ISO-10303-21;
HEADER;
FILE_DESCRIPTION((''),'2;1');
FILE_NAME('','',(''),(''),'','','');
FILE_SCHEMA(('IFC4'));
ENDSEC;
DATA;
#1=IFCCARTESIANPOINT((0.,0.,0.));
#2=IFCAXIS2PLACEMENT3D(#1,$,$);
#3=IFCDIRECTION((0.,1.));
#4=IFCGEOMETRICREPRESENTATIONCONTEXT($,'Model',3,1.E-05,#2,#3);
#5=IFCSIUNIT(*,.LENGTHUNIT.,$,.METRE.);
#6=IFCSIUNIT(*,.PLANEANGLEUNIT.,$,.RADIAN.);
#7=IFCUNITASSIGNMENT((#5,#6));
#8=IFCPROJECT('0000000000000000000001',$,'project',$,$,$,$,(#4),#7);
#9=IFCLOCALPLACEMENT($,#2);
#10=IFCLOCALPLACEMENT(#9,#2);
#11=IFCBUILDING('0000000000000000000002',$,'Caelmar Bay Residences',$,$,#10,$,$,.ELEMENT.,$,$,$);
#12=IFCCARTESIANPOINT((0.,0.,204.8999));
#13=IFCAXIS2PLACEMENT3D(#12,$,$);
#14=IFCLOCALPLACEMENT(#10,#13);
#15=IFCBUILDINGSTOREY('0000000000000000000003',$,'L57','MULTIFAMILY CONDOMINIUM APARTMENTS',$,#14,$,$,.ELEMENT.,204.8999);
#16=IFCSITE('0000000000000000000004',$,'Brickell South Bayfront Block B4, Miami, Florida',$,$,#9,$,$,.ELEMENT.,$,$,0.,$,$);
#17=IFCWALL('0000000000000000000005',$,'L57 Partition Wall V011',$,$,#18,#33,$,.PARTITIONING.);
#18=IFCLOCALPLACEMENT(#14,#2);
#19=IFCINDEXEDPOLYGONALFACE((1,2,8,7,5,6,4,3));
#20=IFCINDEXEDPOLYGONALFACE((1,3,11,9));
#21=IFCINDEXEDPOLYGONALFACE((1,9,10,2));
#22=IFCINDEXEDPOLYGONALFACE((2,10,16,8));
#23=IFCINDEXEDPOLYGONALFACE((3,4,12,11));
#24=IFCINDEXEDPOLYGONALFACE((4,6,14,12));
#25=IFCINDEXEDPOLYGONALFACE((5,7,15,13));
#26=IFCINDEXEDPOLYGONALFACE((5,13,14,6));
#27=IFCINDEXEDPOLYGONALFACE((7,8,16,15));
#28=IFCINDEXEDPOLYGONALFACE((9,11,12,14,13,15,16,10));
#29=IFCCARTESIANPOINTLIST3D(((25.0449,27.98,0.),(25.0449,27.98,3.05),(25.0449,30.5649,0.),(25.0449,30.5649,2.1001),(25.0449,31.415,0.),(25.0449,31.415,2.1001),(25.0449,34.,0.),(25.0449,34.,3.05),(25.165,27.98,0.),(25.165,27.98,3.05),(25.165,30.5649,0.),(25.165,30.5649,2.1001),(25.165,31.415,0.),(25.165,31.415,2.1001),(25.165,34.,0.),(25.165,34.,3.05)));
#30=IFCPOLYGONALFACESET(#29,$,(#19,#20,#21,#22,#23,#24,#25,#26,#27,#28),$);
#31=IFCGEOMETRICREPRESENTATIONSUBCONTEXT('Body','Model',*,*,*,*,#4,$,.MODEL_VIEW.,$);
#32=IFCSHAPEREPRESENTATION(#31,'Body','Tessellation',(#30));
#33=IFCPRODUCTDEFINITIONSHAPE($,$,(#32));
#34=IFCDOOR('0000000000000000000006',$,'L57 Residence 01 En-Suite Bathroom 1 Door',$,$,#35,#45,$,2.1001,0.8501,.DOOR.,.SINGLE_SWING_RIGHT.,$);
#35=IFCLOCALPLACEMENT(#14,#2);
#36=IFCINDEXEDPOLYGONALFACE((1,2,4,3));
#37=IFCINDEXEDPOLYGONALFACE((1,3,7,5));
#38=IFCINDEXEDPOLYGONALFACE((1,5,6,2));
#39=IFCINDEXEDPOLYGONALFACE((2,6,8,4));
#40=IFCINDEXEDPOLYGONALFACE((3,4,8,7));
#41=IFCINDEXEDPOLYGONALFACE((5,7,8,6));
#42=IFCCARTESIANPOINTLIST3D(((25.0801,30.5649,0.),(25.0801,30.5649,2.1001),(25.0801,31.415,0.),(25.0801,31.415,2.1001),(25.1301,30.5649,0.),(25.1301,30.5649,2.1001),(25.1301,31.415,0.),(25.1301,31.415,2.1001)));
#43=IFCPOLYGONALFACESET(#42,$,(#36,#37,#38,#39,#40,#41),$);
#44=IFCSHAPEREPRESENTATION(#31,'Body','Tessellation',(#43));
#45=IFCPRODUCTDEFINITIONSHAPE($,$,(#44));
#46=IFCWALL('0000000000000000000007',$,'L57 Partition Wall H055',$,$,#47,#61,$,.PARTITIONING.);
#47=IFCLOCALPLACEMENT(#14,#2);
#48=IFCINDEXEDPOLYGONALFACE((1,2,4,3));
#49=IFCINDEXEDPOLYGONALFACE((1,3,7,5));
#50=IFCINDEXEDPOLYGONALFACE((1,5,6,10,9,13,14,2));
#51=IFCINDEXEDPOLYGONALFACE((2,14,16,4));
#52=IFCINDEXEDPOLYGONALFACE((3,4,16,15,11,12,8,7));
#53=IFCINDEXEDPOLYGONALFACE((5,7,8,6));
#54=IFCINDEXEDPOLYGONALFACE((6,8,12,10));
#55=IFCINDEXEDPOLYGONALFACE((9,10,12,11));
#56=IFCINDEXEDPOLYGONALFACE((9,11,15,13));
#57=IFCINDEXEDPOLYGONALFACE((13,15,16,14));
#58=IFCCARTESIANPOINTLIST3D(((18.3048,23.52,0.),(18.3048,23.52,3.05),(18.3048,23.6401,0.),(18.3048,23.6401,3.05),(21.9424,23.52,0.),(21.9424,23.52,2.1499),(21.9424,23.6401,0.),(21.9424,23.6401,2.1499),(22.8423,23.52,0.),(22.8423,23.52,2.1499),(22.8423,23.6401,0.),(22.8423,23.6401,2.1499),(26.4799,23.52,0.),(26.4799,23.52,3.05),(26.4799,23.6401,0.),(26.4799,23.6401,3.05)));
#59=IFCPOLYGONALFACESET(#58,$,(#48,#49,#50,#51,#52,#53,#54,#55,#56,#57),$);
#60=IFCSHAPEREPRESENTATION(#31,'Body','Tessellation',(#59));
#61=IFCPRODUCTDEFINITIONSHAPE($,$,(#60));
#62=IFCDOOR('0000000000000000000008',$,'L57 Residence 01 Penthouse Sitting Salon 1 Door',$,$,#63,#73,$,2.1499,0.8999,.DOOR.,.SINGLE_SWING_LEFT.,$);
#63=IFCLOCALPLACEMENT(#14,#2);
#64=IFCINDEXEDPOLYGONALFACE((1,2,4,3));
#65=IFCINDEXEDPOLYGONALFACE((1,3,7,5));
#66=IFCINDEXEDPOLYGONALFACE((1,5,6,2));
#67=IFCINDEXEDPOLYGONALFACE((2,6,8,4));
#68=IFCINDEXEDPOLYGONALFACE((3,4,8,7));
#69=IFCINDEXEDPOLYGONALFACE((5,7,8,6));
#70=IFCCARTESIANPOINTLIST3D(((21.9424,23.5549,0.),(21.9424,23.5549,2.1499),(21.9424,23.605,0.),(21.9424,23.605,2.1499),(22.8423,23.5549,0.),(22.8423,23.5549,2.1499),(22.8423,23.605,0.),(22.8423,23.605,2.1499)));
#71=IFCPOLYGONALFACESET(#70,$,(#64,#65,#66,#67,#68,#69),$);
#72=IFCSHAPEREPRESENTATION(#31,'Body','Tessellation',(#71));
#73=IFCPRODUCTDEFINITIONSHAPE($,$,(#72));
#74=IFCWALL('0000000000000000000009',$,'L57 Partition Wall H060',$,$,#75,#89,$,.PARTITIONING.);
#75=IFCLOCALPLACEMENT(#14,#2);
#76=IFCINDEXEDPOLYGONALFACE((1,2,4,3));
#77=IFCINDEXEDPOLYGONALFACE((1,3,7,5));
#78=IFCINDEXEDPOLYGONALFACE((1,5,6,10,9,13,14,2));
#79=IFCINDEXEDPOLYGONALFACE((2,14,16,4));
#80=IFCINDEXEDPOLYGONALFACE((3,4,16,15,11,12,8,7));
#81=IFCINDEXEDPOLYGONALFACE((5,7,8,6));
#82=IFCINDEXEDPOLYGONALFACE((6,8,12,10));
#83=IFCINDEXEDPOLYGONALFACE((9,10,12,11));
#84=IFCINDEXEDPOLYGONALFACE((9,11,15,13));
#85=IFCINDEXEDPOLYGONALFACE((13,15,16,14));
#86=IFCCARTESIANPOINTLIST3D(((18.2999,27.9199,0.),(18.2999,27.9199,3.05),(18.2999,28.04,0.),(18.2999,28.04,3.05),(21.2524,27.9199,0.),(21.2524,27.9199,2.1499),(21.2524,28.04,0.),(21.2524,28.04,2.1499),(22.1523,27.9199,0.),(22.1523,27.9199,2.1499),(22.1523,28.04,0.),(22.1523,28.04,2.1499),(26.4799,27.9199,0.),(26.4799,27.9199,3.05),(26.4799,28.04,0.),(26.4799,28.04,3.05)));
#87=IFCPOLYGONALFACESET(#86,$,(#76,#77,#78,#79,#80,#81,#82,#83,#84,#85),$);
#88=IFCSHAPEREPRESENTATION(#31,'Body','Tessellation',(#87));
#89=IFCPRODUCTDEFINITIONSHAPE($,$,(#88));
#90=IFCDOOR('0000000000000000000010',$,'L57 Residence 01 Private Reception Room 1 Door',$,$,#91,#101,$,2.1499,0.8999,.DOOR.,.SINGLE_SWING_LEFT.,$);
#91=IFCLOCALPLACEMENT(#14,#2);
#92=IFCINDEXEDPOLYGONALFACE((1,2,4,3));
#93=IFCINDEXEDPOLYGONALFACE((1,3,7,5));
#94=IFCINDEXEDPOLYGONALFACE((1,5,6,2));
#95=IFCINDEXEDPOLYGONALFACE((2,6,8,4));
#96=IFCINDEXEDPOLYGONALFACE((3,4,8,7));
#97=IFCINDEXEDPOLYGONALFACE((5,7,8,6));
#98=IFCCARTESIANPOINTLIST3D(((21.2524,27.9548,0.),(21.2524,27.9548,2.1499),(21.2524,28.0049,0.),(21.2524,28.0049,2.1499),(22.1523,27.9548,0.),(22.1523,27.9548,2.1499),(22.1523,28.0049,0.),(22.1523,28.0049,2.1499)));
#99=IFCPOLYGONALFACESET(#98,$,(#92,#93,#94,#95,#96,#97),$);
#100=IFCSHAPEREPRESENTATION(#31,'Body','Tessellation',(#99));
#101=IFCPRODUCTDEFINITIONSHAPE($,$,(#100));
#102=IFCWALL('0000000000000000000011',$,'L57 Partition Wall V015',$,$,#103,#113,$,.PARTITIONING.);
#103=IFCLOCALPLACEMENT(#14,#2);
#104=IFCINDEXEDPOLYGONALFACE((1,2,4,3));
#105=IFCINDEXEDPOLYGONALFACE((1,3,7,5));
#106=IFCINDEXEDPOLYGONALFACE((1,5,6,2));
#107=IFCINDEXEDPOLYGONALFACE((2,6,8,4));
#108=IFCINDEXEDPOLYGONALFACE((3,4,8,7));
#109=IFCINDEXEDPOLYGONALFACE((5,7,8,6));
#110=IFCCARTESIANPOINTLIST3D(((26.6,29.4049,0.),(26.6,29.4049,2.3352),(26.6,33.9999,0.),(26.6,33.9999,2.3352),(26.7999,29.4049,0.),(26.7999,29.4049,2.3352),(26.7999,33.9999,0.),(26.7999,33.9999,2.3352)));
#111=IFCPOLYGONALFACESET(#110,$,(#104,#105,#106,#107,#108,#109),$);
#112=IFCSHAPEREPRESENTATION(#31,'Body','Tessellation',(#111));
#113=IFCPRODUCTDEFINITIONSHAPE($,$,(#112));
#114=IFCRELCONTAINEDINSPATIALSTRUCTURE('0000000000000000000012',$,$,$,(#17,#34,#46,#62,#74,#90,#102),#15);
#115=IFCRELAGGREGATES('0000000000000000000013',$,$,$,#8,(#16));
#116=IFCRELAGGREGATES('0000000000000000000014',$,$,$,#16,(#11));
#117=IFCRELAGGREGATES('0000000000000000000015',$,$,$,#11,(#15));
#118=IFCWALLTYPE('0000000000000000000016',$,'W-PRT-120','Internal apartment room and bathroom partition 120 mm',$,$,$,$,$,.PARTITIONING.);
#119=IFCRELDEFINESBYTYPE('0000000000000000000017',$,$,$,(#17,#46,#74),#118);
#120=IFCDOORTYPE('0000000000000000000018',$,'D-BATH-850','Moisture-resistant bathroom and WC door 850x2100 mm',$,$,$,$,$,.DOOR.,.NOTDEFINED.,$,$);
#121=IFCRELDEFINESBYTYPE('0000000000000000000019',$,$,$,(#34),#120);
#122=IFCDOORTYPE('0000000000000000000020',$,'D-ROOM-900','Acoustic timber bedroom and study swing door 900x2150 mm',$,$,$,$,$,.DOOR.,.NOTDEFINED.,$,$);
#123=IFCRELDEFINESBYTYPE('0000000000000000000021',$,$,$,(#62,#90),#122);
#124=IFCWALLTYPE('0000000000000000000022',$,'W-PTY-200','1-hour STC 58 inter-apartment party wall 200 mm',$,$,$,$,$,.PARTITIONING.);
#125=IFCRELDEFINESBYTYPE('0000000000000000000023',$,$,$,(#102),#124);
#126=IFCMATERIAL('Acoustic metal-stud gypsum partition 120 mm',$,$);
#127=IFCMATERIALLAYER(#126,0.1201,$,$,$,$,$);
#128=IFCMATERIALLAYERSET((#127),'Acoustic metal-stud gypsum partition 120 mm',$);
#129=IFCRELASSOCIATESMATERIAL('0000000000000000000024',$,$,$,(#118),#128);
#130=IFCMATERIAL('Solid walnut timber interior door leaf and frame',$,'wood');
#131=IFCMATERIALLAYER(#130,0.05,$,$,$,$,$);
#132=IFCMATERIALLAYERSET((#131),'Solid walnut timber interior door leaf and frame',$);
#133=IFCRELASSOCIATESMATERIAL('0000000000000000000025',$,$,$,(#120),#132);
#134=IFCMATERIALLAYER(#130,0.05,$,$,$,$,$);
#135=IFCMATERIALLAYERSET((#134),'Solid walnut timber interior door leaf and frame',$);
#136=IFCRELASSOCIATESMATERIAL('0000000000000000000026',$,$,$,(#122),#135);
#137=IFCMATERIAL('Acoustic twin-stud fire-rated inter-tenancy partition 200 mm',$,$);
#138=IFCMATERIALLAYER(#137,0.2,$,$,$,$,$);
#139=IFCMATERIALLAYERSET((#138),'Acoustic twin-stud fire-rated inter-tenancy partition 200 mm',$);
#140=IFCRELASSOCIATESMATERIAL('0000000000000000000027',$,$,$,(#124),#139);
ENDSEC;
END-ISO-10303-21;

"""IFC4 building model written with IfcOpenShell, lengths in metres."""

from ifc_helpers import new_model, si_unit, direction, frame, frame_2d, origin, place, context, subcontext, project, spatial, rectangle, extrude, material, layer, layer_set, type_object, element, fill, save


model = new_model("IFC4")

# Units and contexts
model_context = context("Model", 3, precision=1e-05, world=origin(), true_north=direction((0.0, 1.0)))
body_context = subcontext(model_context, "Body", "Model", "MODEL_VIEW")
ifc_project = project(units=[si_unit("LENGTHUNIT", "METRE"), si_unit("PLANEANGLEUNIT", "RADIAN")], contexts=[model_context])

# Site, building, storey
site_placement = place(None, origin())
site = spatial("IfcSite", under=ifc_project, at=site_placement, Name="Brickell South Bayfront Block B4, Miami, Florida", CompositionType="ELEMENT", RefElevation=0.0)
building_placement = place(site_placement, origin())
building = spatial("IfcBuilding", under=site, at=building_placement, Name="Caelmar Bay Residences", CompositionType="ELEMENT")
storey_placement = place(building_placement, frame((0.0, 0.0, 204.8999)))
storey = spatial("IfcBuildingStorey", under=building, at=storey_placement, Name="L57", Description="MULTIFAMILY CONDOMINIUM APARTMENTS", CompositionType="ELEMENT", Elevation=204.8999)

# Walls, openings, doors
ifc_material_1 = material(Name="Acoustic metal-stud gypsum partition 120 mm")
ifc_layer_1 = layer(ifc_material_1, 0.1201)
ifc_layer_set_1 = layer_set([ifc_layer_1], Name="Acoustic metal-stud gypsum partition 120 mm")
wall_type_1 = type_object("IfcWallType", Name="W-PRT-120", Description="Internal apartment room and bathroom partition 120 mm", PredefinedType="PARTITIONING", material=ifc_layer_set_1)
wall_1_placement = place(storey_placement, frame((25.105, 27.98, 0.0), z_axis=(0.0, 0.0, 1.0), x_axis=(0.0, 1.0, 0.0)))
wall_1 = element("IfcWall", 1, at=wall_1_placement, inside=storey, type_object=wall_type_1, Name="L57 Partition Wall V011", PredefinedType="PARTITIONING", context=body_context, shape_type="SweptSolid", body=[
    extrude(rectangle(XDim=6.02, YDim=0.1201, at=frame_2d((3.01, 0.0))), origin(), (0.0, 0.0, 1.0), 3.05),
])
opening_1_placement = place(wall_1_placement, frame((2.585, 0.0, 0.0)))
opening_1 = element("IfcOpeningElement", 2, at=opening_1_placement, cuts=wall_1, PredefinedType="OPENING", context=body_context, shape_type="SweptSolid", body=[
    extrude(rectangle(XDim=0.8501, YDim=2.1001, at=frame_2d((0.425, 1.05))), frame((0.0, 0.0701, 0.0), z_axis=(0.0, -1.0, 0.0), x_axis=(1.0, 0.0, 0.0)), (0.0, 0.0, 1.0), 0.1401),
])
ifc_material_2 = material(Name="Solid walnut timber interior door leaf and frame", Category="wood")
ifc_layer_2 = layer(ifc_material_2, 0.05)
ifc_layer_set_2 = layer_set([ifc_layer_2], Name="Solid walnut timber interior door leaf and frame")
door_type_1 = type_object("IfcDoorType", Name="D-BATH-850", Description="Moisture-resistant bathroom and WC door 850x2100 mm", OperationType="NOTDEFINED", PredefinedType="DOOR", material=ifc_layer_set_2)
door_1_placement = place(opening_1_placement, origin())
door_1 = element("IfcDoor", 3, at=door_1_placement, inside=storey, type_object=door_type_1, Name="L57 Residence 01 En-Suite Bathroom 1 Door", OperationType="SINGLE_SWING_RIGHT", OverallHeight=2.1001, OverallWidth=0.8501, PredefinedType="DOOR", context=body_context, shape_type="SweptSolid", body=[
    extrude(rectangle(XDim=0.8501, YDim=2.1001, at=frame_2d((0.425, 1.05))), frame((0.0, 0.0249, 0.0), z_axis=(0.0, -1.0, 0.0), x_axis=(1.0, 0.0, 0.0)), (0.0, 0.0, 1.0), 0.05),
])
fill(opening_1, door_1)
wall_2_placement = place(storey_placement, frame((18.3049, 23.5801, 0.0), z_axis=(0.0, 0.0, 1.0), x_axis=(1.0, 0.0, 0.0)))
wall_2 = element("IfcWall", 4, at=wall_2_placement, inside=storey, type_object=wall_type_1, Name="L57 Partition Wall H055", PredefinedType="PARTITIONING", context=body_context, shape_type="SweptSolid", body=[
    extrude(rectangle(XDim=8.175, YDim=0.1201, at=frame_2d((4.0874, 0.0))), origin(), (0.0, 0.0, 1.0), 3.05),
])
opening_2_placement = place(wall_2_placement, frame((3.6375, 0.0, 0.0)))
opening_2 = element("IfcOpeningElement", 5, at=opening_2_placement, cuts=wall_2, PredefinedType="OPENING", context=body_context, shape_type="SweptSolid", body=[
    extrude(rectangle(XDim=0.8999, YDim=2.1499, at=frame_2d((0.45, 1.075))), frame((0.0, 0.0701, 0.0), z_axis=(0.0, -1.0, 0.0), x_axis=(1.0, 0.0, 0.0)), (0.0, 0.0, 1.0), 0.1401),
])
ifc_layer_3 = layer(ifc_material_2, 0.05)
ifc_layer_set_3 = layer_set([ifc_layer_3], Name="Solid walnut timber interior door leaf and frame")
door_type_2 = type_object("IfcDoorType", Name="D-ROOM-900", Description="Acoustic timber bedroom and study swing door 900x2150 mm", OperationType="NOTDEFINED", PredefinedType="DOOR", material=ifc_layer_set_3)
door_2_placement = place(opening_2_placement, origin())
door_2 = element("IfcDoor", 6, at=door_2_placement, inside=storey, type_object=door_type_2, Name="L57 Residence 01 Penthouse Sitting Salon 1 Door", OperationType="SINGLE_SWING_LEFT", OverallHeight=2.1499, OverallWidth=0.8999, PredefinedType="DOOR", context=body_context, shape_type="SweptSolid", body=[
    extrude(rectangle(XDim=0.8999, YDim=2.1499, at=frame_2d((0.45, 1.075))), frame((0.0, 0.0249, 0.0), z_axis=(0.0, -1.0, 0.0), x_axis=(1.0, 0.0, 0.0)), (0.0, 0.0, 1.0), 0.05),
])
fill(opening_2, door_2)
wall_3_placement = place(storey_placement, frame((18.3, 27.98, 0.0), z_axis=(0.0, 0.0, 1.0), x_axis=(1.0, 0.0, 0.0)))
wall_3 = element("IfcWall", 7, at=wall_3_placement, inside=storey, type_object=wall_type_1, Name="L57 Partition Wall H060", PredefinedType="PARTITIONING", context=body_context, shape_type="SweptSolid", body=[
    extrude(rectangle(XDim=8.1799, YDim=0.1201, at=frame_2d((4.0898, 0.0))), origin(), (0.0, 0.0, 1.0), 3.05),
])
opening_3_placement = place(wall_3_placement, frame((2.9524, 0.0, 0.0)))
opening_3 = element("IfcOpeningElement", 8, at=opening_3_placement, cuts=wall_3, PredefinedType="OPENING", context=body_context, shape_type="SweptSolid", body=[
    extrude(rectangle(XDim=0.8999, YDim=2.1499, at=frame_2d((0.45, 1.075))), frame((0.0, 0.0701, 0.0), z_axis=(0.0, -1.0, 0.0), x_axis=(1.0, 0.0, 0.0)), (0.0, 0.0, 1.0), 0.1401),
])
door_3_placement = place(opening_3_placement, origin())
door_3 = element("IfcDoor", 9, at=door_3_placement, inside=storey, type_object=door_type_2, Name="L57 Residence 01 Private Reception Room 1 Door", OperationType="SINGLE_SWING_LEFT", OverallHeight=2.1499, OverallWidth=0.8999, PredefinedType="DOOR", context=body_context, shape_type="SweptSolid", body=[
    extrude(rectangle(XDim=0.8999, YDim=2.1499, at=frame_2d((0.45, 1.075))), frame((0.0, 0.0249, 0.0), z_axis=(0.0, -1.0, 0.0), x_axis=(1.0, 0.0, 0.0)), (0.0, 0.0, 1.0), 0.05),
])
fill(opening_3, door_3)

# Wall
ifc_material_3 = material(Name="Acoustic twin-stud fire-rated inter-tenancy partition 200 mm")
ifc_layer_4 = layer(ifc_material_3, 0.2)
ifc_layer_set_4 = layer_set([ifc_layer_4], Name="Acoustic twin-stud fire-rated inter-tenancy partition 200 mm")
wall_type_2 = type_object("IfcWallType", Name="W-PTY-200", Description="1-hour STC 58 inter-apartment party wall 200 mm", PredefinedType="PARTITIONING", material=ifc_layer_set_4)
wall_4_placement = place(storey_placement, frame((26.7, 29.405, 0.0), z_axis=(0.0, 0.0, 1.0), x_axis=(0.0, 1.0, 0.0)))
element("IfcWall", 10, at=wall_4_placement, inside=storey, type_object=wall_type_2, Name="L57 Partition Wall V015", PredefinedType="PARTITIONING", context=body_context, shape_type="SweptSolid", body=[
    extrude(rectangle(XDim=4.595, YDim=0.2, at=frame_2d((2.2974, 0.0))), origin(), (0.0, 0.0, 1.0), 2.3352),
])

save(model, "model.ifc")
